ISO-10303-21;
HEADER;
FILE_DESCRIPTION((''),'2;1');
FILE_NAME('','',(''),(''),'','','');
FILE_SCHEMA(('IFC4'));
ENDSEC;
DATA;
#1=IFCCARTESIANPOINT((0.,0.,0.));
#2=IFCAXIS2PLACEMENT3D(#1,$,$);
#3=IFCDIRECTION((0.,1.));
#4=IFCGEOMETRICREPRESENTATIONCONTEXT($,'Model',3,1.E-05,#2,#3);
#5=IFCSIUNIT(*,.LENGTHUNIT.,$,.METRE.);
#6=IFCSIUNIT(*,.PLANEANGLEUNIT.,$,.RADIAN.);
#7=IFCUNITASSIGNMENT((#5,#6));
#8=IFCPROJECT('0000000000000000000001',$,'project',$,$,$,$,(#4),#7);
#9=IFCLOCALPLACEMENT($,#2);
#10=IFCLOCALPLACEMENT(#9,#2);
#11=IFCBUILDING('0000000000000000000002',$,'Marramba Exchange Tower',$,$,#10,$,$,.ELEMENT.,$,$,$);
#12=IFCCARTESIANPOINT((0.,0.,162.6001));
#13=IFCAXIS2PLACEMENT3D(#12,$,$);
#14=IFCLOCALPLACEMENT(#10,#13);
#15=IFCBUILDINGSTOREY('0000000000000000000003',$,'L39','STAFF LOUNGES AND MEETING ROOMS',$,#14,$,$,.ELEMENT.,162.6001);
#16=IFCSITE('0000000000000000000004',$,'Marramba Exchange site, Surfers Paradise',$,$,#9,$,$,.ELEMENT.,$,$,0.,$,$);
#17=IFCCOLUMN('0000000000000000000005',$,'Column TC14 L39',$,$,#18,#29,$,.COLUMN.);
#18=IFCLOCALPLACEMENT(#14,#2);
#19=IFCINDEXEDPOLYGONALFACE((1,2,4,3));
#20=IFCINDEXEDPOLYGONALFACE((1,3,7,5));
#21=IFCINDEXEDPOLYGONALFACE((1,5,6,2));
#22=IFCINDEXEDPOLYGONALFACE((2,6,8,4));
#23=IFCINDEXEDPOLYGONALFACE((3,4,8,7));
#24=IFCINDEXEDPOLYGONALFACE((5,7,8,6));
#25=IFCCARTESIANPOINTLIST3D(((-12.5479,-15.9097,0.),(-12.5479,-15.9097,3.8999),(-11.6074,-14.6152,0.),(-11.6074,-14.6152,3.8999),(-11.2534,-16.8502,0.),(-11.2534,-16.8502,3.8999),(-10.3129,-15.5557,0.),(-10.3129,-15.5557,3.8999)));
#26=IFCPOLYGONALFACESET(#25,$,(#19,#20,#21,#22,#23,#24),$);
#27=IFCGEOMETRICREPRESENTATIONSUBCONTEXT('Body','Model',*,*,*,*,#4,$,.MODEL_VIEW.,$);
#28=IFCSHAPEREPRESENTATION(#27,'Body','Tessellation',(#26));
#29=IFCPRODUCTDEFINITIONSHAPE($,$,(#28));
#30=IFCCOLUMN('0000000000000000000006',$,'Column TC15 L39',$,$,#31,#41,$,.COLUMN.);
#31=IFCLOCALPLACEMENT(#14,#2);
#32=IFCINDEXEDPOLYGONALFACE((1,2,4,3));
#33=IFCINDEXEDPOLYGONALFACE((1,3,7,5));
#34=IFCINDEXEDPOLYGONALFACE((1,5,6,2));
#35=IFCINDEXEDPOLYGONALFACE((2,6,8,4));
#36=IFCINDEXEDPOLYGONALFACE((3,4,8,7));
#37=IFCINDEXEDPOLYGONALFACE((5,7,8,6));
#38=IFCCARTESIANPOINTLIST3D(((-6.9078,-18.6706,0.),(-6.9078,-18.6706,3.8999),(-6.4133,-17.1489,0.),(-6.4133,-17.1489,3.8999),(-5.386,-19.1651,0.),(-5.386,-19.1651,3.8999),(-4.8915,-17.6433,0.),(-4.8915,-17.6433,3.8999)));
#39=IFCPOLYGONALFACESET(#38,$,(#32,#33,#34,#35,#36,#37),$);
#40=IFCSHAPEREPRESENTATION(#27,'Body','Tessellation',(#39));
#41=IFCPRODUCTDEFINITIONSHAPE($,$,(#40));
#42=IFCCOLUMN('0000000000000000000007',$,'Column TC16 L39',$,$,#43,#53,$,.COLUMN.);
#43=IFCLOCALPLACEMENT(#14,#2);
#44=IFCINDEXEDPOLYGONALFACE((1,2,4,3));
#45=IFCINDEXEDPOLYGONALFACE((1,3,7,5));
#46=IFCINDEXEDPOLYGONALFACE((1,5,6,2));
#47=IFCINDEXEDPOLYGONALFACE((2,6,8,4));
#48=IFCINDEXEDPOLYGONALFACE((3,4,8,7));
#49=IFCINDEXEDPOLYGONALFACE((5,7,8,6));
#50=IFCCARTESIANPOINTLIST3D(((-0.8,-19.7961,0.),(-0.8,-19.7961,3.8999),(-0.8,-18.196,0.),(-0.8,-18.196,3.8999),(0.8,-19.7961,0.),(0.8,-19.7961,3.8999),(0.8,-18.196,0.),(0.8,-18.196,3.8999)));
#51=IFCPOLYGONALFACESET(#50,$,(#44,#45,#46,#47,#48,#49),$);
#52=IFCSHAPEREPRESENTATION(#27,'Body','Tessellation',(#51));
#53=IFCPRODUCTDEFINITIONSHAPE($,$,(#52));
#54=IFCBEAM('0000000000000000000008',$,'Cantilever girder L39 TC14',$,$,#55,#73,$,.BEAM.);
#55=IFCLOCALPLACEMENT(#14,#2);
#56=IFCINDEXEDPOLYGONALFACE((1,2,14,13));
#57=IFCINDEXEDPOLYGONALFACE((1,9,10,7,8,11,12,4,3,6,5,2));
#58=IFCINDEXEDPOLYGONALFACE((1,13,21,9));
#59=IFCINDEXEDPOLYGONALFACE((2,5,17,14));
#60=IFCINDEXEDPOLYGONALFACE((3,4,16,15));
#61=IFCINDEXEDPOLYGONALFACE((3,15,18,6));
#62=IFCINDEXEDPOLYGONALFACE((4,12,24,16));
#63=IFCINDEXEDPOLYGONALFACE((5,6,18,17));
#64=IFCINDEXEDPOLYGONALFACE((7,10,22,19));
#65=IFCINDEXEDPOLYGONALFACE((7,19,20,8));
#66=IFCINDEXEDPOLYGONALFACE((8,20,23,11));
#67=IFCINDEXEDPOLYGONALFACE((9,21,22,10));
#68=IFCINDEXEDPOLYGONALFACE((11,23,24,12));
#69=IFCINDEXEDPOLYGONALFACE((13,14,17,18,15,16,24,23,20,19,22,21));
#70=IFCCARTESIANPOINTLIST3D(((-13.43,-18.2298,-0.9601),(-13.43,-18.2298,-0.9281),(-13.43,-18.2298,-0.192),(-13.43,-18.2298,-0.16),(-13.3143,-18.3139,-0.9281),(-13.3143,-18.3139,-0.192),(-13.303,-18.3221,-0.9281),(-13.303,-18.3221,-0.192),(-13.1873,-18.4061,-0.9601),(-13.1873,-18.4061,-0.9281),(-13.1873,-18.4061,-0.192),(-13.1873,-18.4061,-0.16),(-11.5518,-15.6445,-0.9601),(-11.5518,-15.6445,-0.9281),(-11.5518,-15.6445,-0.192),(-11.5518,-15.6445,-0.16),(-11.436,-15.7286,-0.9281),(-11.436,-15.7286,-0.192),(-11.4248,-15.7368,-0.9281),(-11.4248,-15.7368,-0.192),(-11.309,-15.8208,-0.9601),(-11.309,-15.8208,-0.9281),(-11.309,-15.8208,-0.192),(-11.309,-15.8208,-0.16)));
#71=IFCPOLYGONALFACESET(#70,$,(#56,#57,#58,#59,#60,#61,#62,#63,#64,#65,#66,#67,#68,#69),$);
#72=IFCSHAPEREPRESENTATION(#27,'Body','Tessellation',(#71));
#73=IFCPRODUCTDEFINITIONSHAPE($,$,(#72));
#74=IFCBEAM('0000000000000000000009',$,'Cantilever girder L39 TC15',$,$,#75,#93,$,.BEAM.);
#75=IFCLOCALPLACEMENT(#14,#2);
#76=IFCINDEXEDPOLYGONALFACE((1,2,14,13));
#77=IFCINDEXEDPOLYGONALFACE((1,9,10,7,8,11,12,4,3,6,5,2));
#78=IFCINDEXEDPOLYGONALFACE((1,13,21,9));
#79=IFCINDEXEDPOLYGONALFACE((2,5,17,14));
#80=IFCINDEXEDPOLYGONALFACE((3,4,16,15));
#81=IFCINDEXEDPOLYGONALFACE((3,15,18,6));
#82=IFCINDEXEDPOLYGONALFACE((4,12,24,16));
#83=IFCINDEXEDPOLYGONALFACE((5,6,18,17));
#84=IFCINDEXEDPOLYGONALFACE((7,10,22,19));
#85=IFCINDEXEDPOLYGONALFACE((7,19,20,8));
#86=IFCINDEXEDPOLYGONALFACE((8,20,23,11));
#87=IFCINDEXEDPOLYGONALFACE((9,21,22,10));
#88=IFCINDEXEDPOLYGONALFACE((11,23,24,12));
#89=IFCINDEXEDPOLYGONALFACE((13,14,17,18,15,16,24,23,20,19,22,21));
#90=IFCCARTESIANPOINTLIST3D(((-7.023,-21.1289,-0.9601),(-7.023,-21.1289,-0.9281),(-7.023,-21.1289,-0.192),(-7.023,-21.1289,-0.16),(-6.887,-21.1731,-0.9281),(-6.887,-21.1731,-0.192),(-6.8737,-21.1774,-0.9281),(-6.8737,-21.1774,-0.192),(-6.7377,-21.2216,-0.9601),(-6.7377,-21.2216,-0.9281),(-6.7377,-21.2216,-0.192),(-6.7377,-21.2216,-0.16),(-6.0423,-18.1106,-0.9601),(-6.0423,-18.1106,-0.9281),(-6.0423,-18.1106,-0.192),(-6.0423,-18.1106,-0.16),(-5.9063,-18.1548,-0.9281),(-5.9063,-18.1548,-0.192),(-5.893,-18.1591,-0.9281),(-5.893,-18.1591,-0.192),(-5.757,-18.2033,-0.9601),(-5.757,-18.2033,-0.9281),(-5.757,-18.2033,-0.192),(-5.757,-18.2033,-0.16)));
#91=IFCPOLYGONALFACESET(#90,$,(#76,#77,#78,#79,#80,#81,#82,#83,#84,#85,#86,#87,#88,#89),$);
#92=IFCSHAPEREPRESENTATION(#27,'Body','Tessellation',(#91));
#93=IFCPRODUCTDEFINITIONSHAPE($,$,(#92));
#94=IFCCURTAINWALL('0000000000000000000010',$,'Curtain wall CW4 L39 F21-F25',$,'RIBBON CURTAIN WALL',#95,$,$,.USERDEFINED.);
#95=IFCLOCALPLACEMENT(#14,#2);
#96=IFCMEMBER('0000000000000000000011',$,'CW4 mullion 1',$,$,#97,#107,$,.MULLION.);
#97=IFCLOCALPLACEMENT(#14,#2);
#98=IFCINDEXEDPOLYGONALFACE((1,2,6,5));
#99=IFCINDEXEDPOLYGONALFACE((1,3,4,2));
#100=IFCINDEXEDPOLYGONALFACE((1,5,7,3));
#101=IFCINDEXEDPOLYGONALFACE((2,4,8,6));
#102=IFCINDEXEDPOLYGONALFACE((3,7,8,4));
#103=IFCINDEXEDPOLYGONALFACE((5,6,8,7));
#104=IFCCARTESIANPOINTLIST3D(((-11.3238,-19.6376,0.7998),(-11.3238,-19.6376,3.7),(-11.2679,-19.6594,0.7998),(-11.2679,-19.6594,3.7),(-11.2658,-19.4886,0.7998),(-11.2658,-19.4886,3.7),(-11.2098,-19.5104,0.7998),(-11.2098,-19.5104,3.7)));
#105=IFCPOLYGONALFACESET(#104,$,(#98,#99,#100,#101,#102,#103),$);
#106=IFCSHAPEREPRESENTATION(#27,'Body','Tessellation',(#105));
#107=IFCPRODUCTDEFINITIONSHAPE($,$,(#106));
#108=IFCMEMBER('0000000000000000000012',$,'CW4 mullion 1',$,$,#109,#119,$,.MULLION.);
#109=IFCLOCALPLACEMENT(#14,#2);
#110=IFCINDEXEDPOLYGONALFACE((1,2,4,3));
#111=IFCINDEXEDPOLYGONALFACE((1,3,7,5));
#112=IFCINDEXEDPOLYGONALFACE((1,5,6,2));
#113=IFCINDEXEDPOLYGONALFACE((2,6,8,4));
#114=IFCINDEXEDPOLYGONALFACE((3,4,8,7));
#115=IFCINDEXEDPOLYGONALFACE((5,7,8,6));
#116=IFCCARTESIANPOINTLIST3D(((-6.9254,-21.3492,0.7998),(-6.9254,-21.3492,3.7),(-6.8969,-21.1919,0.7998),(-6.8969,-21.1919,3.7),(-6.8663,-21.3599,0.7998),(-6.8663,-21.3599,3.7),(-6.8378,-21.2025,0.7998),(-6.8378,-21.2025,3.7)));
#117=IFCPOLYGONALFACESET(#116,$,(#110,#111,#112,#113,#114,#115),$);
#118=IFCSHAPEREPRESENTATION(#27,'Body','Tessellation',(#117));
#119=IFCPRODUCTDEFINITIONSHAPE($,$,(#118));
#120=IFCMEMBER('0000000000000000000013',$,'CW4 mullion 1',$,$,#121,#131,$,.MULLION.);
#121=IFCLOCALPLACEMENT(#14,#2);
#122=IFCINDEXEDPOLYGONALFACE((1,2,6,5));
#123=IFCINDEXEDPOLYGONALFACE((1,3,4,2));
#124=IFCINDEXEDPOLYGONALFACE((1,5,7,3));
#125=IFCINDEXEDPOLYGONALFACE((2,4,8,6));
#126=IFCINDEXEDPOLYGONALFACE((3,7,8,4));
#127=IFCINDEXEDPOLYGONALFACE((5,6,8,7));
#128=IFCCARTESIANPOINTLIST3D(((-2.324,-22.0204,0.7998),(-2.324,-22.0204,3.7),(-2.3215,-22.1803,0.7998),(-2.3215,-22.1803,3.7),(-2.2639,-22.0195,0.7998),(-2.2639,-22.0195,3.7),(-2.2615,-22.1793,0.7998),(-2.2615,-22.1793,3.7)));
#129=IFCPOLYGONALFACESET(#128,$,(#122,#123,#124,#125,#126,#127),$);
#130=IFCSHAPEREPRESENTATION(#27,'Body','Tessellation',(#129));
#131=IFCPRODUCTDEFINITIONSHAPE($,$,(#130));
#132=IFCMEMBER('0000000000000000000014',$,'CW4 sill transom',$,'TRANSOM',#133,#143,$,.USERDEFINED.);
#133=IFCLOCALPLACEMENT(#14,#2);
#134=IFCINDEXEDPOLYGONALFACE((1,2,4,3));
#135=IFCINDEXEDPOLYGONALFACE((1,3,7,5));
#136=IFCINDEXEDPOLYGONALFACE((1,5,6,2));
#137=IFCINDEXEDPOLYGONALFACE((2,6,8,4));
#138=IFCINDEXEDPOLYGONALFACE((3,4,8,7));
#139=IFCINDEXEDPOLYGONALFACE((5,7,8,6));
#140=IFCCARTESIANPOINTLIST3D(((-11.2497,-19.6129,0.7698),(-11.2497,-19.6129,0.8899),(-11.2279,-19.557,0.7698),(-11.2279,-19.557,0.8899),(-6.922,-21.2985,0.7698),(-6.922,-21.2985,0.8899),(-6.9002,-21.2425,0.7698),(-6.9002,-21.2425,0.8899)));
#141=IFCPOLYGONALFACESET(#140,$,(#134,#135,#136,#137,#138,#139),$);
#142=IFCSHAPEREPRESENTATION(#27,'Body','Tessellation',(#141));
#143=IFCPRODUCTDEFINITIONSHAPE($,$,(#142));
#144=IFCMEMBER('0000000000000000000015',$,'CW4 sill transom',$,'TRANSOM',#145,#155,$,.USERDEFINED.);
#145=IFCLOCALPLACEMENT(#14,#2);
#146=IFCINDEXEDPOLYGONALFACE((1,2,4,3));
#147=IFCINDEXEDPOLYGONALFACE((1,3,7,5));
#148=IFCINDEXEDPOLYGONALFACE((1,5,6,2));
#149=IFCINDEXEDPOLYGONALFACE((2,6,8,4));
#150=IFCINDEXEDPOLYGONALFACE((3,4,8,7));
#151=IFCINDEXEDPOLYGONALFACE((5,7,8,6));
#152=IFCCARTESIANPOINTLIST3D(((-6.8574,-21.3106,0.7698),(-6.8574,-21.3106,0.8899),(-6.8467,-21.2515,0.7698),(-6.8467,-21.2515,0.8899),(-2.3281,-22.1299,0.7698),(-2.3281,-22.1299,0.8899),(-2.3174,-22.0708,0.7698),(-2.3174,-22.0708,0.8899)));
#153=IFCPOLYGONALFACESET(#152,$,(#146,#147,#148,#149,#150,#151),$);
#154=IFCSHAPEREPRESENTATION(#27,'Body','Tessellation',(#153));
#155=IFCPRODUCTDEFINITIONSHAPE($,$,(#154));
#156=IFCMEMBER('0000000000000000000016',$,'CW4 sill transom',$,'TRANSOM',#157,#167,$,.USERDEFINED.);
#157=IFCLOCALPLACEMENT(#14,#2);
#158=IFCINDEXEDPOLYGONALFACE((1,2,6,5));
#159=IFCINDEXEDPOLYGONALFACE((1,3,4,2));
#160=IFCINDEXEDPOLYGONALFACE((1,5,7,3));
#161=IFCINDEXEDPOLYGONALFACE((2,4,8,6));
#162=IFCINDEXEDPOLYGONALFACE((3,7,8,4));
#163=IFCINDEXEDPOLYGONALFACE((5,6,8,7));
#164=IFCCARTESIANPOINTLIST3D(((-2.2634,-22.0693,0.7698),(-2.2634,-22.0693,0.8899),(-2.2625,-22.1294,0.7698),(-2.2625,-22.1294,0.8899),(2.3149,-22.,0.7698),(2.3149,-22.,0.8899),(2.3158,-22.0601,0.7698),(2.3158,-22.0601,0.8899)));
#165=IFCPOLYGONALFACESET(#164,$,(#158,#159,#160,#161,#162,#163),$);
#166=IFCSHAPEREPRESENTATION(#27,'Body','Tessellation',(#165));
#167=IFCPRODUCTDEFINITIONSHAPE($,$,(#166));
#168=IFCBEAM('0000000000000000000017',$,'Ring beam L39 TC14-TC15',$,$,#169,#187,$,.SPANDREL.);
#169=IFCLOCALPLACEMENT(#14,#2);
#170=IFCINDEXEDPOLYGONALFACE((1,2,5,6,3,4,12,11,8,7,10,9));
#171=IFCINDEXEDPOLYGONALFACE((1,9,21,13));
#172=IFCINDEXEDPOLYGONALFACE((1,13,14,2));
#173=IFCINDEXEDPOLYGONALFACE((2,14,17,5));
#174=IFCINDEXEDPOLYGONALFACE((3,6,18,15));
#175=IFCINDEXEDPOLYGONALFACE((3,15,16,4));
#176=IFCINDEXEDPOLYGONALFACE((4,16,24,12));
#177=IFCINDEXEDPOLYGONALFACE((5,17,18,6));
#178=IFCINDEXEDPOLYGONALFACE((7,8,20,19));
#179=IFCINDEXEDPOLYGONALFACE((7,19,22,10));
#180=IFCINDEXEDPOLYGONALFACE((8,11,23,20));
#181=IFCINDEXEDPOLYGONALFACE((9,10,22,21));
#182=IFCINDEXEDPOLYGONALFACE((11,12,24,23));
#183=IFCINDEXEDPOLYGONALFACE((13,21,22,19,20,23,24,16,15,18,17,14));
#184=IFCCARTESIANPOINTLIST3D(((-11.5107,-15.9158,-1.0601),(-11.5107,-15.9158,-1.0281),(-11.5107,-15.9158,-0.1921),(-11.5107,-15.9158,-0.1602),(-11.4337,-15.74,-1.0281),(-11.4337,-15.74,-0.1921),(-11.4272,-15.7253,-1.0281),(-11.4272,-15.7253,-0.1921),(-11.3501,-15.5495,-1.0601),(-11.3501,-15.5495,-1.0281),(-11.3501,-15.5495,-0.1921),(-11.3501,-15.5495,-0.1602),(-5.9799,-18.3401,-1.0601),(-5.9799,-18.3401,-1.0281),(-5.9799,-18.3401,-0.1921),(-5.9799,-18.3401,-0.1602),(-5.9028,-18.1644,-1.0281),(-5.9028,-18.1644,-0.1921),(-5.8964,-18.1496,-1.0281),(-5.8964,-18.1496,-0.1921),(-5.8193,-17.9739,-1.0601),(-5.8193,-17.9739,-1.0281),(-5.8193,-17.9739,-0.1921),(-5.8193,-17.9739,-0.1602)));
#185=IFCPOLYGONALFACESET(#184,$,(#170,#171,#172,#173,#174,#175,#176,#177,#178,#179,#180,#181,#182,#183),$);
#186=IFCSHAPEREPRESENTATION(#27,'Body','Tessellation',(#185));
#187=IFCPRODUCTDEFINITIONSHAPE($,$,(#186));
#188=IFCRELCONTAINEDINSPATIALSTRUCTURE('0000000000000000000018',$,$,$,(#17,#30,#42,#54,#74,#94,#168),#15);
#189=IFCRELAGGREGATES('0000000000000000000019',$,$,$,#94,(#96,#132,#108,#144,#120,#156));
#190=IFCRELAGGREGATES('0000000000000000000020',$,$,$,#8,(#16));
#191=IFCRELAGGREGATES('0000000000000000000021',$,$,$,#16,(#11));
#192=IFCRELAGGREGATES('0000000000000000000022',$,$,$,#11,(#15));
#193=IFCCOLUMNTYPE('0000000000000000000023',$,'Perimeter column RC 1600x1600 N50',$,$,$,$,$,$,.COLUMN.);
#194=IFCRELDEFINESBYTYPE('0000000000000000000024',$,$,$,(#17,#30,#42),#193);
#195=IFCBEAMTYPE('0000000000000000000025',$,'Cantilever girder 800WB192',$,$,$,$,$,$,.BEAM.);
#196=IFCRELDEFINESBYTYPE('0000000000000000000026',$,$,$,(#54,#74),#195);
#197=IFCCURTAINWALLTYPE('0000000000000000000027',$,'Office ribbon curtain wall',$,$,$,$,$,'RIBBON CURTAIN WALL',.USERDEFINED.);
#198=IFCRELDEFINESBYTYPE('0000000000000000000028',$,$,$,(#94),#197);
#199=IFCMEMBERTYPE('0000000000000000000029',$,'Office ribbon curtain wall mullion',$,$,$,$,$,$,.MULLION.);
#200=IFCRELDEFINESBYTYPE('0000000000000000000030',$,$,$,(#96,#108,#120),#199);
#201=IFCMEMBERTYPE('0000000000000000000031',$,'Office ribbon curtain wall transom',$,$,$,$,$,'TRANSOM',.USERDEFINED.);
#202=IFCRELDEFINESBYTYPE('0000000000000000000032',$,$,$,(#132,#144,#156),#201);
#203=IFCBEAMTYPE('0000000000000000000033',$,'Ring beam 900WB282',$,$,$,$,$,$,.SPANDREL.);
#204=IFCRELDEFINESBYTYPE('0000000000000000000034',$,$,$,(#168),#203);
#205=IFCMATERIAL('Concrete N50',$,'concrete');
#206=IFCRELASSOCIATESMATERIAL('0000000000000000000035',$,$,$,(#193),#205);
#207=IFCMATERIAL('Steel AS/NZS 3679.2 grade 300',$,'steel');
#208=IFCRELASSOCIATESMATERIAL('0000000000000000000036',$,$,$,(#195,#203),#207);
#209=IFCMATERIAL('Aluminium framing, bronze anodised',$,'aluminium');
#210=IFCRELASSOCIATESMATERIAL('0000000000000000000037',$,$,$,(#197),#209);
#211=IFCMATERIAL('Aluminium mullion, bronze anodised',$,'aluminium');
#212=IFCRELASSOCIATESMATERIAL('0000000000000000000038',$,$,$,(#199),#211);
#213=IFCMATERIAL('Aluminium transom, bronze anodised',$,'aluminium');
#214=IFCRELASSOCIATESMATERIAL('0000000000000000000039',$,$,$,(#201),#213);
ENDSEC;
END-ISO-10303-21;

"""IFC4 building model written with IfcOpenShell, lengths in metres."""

from ifc_helpers import new_model, si_unit, direction, frame, origin, origin_2d, place, context, subcontext, project, spatial, rectangle, i_section, extrude, material, material_profile, profile_set, type_object, element, aggregate, save


model = new_model("IFC4")

# Units and contexts
model_context = context("Model", 3, precision=1e-05, world=origin(), true_north=direction((0.0, 1.0)))
body_context = subcontext(model_context, "Body", "Model", "MODEL_VIEW")
ifc_project = project(units=[si_unit("LENGTHUNIT", "METRE"), si_unit("PLANEANGLEUNIT", "RADIAN")], contexts=[model_context])

# Site, building, storey
site_placement = place(None, origin())
site = spatial("IfcSite", under=ifc_project, at=site_placement, Name="Marramba Exchange site, Surfers Paradise", CompositionType="ELEMENT", RefElevation=0.0)
building_placement = place(site_placement, origin())
building = spatial("IfcBuilding", under=site, at=building_placement, Name="Marramba Exchange Tower", CompositionType="ELEMENT")
storey_placement = place(building_placement, frame((0.0, 0.0, 162.6001)))
storey = spatial("IfcBuildingStorey", under=building, at=storey_placement, Name="L39", Description="STAFF LOUNGES AND MEETING ROOMS", CompositionType="ELEMENT", Elevation=162.6001)

# Columns
ifc_material_1 = material(Name="Concrete N50", Category="concrete")
ifc_material_profile_1 = material_profile(ifc_material_1, rectangle(XDim=1.6001, YDim=1.6001, at=origin_2d()), Name="RC 1600x1600")
ifc_profile_set_1 = profile_set([ifc_material_profile_1], Name="Concrete N50")
column_type = type_object("IfcColumnType", Name="Perimeter column RC 1600x1600 N50", PredefinedType="COLUMN", material=ifc_profile_set_1)
for number, where, z_axis, x_axis, name in (
    (1, (-11.4304, -15.7327, 0.0), (0.0, 0.0, 1.0), (-0.587785, -0.809017, 0.0), "Column TC14 L39"),
    (2, (-5.8997, -18.157, 0.0), (0.0, 0.0, 1.0), (-0.309017, -0.951057, 0.0), "Column TC15 L39"),
    (3, (0.0, -18.9961, 0.0), (0.0, 0.0, 1.0), (0.0, -1.0, 0.0), "Column TC16 L39"),
):
    element("IfcColumn", number, at=place(storey_placement, frame(where, z_axis=z_axis, x_axis=x_axis)), inside=storey, type_object=column_type, Name=name, PredefinedType="COLUMN", context=body_context, shape_type="SweptSolid", body=[
        extrude(rectangle(XDim=1.6001, YDim=1.6001, at=origin_2d()), origin(), (0.0, 0.0, 1.0), 3.8999),
    ])

# Beams
ifc_material_2 = material(Name="Steel AS/NZS 3679.2 grade 300", Category="steel")
ifc_material_profile_2 = material_profile(ifc_material_2, i_section(OverallWidth=0.3, OverallDepth=0.8, WebThickness=0.0139, FlangeThickness=0.032, at=origin_2d()), Name="800WB192")
ifc_profile_set_2 = profile_set([ifc_material_profile_2], Name="Steel AS/NZS 3679.2 grade 300")
beam_type_1 = type_object("IfcBeamType", Name="Cantilever girder 800WB192", PredefinedType="BEAM", material=ifc_profile_set_2)
beam_1_placement = place(storey_placement, frame((-11.4304, -15.7327, -0.5601), z_axis=(-0.587767, -0.80903, 0.0), x_axis=(0.80903, -0.587767, 0.0)))
element("IfcBeam", 4, at=beam_1_placement, inside=storey, type_object=beam_type_1, Name="Cantilever girder L39 TC14", PredefinedType="BEAM", context=body_context, shape_type="SweptSolid", body=[
    extrude(i_section(OverallWidth=0.3, OverallDepth=0.8, WebThickness=0.0139, FlangeThickness=0.032, at=origin_2d()), origin(), (0.0, 0.0, 1.0), 3.1956),
])
beam_2_placement = place(storey_placement, frame((-5.8997, -18.157, -0.5601), z_axis=(-0.309018, -0.951056, 0.0), x_axis=(0.951056, -0.309018, 0.0)))
element("IfcBeam", 5, at=beam_2_placement, inside=storey, type_object=beam_type_1, Name="Cantilever girder L39 TC15", PredefinedType="BEAM", context=body_context, shape_type="SweptSolid", body=[
    extrude(i_section(OverallWidth=0.3, OverallDepth=0.8, WebThickness=0.0139, FlangeThickness=0.032, at=origin_2d()), origin(), (0.0, 0.0, 1.0), 3.1736),
])

# Curtain wall, members
ifc_material_3 = material(Name="Aluminium framing, bronze anodised", Category="aluminium")
curtain_wall_type = type_object("IfcCurtainWallType", Name="Office ribbon curtain wall", ElementType="RIBBON CURTAIN WALL", PredefinedType="USERDEFINED", material=ifc_material_3)
curtain_wall_placement = place(storey_placement, origin())
curtain_wall = element("IfcCurtainWall", 6, at=curtain_wall_placement, inside=storey, type_object=curtain_wall_type, Name="Curtain wall CW4 L39 F21-F25", ObjectType="RIBBON CURTAIN WALL", PredefinedType="USERDEFINED")
ifc_material_4 = material(Name="Aluminium mullion, bronze anodised", Category="aluminium")
ifc_material_profile_3 = material_profile(ifc_material_4, rectangle(XDim=0.1599, YDim=0.0601, at=origin_2d()), Name="CW4 mullion 60x160")
ifc_profile_set_3 = profile_set([ifc_material_profile_3], Name="Aluminium mullion, bronze anodised")
member_type_1 = type_object("IfcMemberType", Name="Office ribbon curtain wall mullion", PredefinedType="MULLION", material=ifc_profile_set_3)
member_1_placement = place(storey_placement, frame((-11.2668, -19.574, 0.7998), z_axis=(0.0, 0.0, 1.0), x_axis=(0.362925, 0.931818, 0.0)))
member_1 = element("IfcMember", 7, at=member_1_placement, type_object=member_type_1, Name="CW4 mullion 1", PredefinedType="MULLION", context=body_context, shape_type="SweptSolid", body=[
    extrude(rectangle(XDim=0.1599, YDim=0.0601, at=origin_2d()), origin(), (0.0, 0.0, 1.0), 2.9001),
])
member_2_placement = place(storey_placement, frame((-6.8816, -21.2759, 0.7998), z_axis=(0.0, 0.0, 1.0), x_axis=(0.177992, 0.984032, 0.0)))
member_2 = element("IfcMember", 8, at=member_2_placement, type_object=member_type_1, Name="CW4 mullion 1", PredefinedType="MULLION", context=body_context, shape_type="SweptSolid", body=[
    extrude(rectangle(XDim=0.1599, YDim=0.0601, at=origin_2d()), origin(), (0.0, 0.0, 1.0), 2.9001),
])
member_3_placement = place(storey_placement, frame((-2.2927, -22.0999, 0.7998), z_axis=(0.0, 0.0, 1.0), x_axis=(-0.015179, 0.999885, 0.0)))
member_3 = element("IfcMember", 9, at=member_3_placement, type_object=member_type_1, Name="CW4 mullion 1", PredefinedType="MULLION", context=body_context, shape_type="SweptSolid", body=[
    extrude(rectangle(XDim=0.1599, YDim=0.0601, at=origin_2d()), origin(), (0.0, 0.0, 1.0), 2.9001),
])
ifc_material_5 = material(Name="Aluminium transom, bronze anodised", Category="aluminium")
ifc_material_profile_4 = material_profile(ifc_material_5, rectangle(XDim=0.0601, YDim=0.1201, at=origin_2d()), Name="CW4 transom 60x120")
ifc_profile_set_4 = profile_set([ifc_material_profile_4], Name="Aluminium transom, bronze anodised")
member_type_2 = type_object("IfcMemberType", Name="Office ribbon curtain wall transom", ElementType="TRANSOM", PredefinedType="USERDEFINED", material=ifc_profile_set_4)
member_4_placement = place(storey_placement, frame((-11.2388, -19.585, 0.8298), z_axis=(0.931817, -0.362928, 0.0), x_axis=(0.362928, 0.931817, 0.0)))
member_4 = element("IfcMember", 10, at=member_4_placement, type_object=member_type_2, Name="CW4 sill transom", ObjectType="TRANSOM", PredefinedType="USERDEFINED", context=body_context, shape_type="SweptSolid", body=[
    extrude(rectangle(XDim=0.0601, YDim=0.1201, at=origin_2d()), origin(), (0.0, 0.0, 1.0), 4.6443),
])
member_5_placement = place(storey_placement, frame((-6.8521, -21.281, 0.8298), z_axis=(0.984029, -0.178008, 0.0), x_axis=(0.178008, 0.984029, 0.0)))
member_5 = element("IfcMember", 11, at=member_5_placement, type_object=member_type_2, Name="CW4 sill transom", ObjectType="TRANSOM", PredefinedType="USERDEFINED", context=body_context, shape_type="SweptSolid", body=[
    extrude(rectangle(XDim=0.0601, YDim=0.1201, at=origin_2d()), origin(), (0.0, 0.0, 1.0), 4.6028),
])
member_6_placement = place(storey_placement, frame((-2.2629, -22.0994, 0.8298), z_axis=(0.999885, 0.015143, 0.0), x_axis=(-0.015143, 0.999885, 0.0)))
member_6 = element("IfcMember", 12, at=member_6_placement, type_object=member_type_2, Name="CW4 sill transom", ObjectType="TRANSOM", PredefinedType="USERDEFINED", context=body_context, shape_type="SweptSolid", body=[
    extrude(rectangle(XDim=0.0601, YDim=0.1201, at=origin_2d()), origin(), (0.0, 0.0, 1.0), 4.5789),
])

# Beam
ifc_material_profile_5 = material_profile(ifc_material_2, i_section(OverallWidth=0.3999, OverallDepth=0.8999, WebThickness=0.0161, FlangeThickness=0.032, at=origin_2d()), Name="900WB282")
ifc_profile_set_5 = profile_set([ifc_material_profile_5], Name="Steel AS/NZS 3679.2 grade 300")
beam_type_2 = type_object("IfcBeamType", Name="Ring beam 900WB282", PredefinedType="SPANDREL", material=ifc_profile_set_5)
beam_3_placement = place(storey_placement, frame((-11.4304, -15.7327, -0.6101), z_axis=(0.915877, -0.401459, 0.0), x_axis=(0.401459, 0.915877, 0.0)))
element("IfcBeam", 13, at=beam_3_placement, inside=storey, type_object=beam_type_2, Name="Ring beam L39 TC14-TC15", PredefinedType="SPANDREL", context=body_context, shape_type="SweptSolid", body=[
    extrude(i_section(OverallWidth=0.3999, OverallDepth=0.8999, WebThickness=0.0161, FlangeThickness=0.032, at=origin_2d()), origin(), (0.0, 0.0, 1.0), 6.0388),
])

aggregate(curtain_wall, [member_1, member_4, member_2, member_5, member_3, member_6])

save(model, "model.ifc")
